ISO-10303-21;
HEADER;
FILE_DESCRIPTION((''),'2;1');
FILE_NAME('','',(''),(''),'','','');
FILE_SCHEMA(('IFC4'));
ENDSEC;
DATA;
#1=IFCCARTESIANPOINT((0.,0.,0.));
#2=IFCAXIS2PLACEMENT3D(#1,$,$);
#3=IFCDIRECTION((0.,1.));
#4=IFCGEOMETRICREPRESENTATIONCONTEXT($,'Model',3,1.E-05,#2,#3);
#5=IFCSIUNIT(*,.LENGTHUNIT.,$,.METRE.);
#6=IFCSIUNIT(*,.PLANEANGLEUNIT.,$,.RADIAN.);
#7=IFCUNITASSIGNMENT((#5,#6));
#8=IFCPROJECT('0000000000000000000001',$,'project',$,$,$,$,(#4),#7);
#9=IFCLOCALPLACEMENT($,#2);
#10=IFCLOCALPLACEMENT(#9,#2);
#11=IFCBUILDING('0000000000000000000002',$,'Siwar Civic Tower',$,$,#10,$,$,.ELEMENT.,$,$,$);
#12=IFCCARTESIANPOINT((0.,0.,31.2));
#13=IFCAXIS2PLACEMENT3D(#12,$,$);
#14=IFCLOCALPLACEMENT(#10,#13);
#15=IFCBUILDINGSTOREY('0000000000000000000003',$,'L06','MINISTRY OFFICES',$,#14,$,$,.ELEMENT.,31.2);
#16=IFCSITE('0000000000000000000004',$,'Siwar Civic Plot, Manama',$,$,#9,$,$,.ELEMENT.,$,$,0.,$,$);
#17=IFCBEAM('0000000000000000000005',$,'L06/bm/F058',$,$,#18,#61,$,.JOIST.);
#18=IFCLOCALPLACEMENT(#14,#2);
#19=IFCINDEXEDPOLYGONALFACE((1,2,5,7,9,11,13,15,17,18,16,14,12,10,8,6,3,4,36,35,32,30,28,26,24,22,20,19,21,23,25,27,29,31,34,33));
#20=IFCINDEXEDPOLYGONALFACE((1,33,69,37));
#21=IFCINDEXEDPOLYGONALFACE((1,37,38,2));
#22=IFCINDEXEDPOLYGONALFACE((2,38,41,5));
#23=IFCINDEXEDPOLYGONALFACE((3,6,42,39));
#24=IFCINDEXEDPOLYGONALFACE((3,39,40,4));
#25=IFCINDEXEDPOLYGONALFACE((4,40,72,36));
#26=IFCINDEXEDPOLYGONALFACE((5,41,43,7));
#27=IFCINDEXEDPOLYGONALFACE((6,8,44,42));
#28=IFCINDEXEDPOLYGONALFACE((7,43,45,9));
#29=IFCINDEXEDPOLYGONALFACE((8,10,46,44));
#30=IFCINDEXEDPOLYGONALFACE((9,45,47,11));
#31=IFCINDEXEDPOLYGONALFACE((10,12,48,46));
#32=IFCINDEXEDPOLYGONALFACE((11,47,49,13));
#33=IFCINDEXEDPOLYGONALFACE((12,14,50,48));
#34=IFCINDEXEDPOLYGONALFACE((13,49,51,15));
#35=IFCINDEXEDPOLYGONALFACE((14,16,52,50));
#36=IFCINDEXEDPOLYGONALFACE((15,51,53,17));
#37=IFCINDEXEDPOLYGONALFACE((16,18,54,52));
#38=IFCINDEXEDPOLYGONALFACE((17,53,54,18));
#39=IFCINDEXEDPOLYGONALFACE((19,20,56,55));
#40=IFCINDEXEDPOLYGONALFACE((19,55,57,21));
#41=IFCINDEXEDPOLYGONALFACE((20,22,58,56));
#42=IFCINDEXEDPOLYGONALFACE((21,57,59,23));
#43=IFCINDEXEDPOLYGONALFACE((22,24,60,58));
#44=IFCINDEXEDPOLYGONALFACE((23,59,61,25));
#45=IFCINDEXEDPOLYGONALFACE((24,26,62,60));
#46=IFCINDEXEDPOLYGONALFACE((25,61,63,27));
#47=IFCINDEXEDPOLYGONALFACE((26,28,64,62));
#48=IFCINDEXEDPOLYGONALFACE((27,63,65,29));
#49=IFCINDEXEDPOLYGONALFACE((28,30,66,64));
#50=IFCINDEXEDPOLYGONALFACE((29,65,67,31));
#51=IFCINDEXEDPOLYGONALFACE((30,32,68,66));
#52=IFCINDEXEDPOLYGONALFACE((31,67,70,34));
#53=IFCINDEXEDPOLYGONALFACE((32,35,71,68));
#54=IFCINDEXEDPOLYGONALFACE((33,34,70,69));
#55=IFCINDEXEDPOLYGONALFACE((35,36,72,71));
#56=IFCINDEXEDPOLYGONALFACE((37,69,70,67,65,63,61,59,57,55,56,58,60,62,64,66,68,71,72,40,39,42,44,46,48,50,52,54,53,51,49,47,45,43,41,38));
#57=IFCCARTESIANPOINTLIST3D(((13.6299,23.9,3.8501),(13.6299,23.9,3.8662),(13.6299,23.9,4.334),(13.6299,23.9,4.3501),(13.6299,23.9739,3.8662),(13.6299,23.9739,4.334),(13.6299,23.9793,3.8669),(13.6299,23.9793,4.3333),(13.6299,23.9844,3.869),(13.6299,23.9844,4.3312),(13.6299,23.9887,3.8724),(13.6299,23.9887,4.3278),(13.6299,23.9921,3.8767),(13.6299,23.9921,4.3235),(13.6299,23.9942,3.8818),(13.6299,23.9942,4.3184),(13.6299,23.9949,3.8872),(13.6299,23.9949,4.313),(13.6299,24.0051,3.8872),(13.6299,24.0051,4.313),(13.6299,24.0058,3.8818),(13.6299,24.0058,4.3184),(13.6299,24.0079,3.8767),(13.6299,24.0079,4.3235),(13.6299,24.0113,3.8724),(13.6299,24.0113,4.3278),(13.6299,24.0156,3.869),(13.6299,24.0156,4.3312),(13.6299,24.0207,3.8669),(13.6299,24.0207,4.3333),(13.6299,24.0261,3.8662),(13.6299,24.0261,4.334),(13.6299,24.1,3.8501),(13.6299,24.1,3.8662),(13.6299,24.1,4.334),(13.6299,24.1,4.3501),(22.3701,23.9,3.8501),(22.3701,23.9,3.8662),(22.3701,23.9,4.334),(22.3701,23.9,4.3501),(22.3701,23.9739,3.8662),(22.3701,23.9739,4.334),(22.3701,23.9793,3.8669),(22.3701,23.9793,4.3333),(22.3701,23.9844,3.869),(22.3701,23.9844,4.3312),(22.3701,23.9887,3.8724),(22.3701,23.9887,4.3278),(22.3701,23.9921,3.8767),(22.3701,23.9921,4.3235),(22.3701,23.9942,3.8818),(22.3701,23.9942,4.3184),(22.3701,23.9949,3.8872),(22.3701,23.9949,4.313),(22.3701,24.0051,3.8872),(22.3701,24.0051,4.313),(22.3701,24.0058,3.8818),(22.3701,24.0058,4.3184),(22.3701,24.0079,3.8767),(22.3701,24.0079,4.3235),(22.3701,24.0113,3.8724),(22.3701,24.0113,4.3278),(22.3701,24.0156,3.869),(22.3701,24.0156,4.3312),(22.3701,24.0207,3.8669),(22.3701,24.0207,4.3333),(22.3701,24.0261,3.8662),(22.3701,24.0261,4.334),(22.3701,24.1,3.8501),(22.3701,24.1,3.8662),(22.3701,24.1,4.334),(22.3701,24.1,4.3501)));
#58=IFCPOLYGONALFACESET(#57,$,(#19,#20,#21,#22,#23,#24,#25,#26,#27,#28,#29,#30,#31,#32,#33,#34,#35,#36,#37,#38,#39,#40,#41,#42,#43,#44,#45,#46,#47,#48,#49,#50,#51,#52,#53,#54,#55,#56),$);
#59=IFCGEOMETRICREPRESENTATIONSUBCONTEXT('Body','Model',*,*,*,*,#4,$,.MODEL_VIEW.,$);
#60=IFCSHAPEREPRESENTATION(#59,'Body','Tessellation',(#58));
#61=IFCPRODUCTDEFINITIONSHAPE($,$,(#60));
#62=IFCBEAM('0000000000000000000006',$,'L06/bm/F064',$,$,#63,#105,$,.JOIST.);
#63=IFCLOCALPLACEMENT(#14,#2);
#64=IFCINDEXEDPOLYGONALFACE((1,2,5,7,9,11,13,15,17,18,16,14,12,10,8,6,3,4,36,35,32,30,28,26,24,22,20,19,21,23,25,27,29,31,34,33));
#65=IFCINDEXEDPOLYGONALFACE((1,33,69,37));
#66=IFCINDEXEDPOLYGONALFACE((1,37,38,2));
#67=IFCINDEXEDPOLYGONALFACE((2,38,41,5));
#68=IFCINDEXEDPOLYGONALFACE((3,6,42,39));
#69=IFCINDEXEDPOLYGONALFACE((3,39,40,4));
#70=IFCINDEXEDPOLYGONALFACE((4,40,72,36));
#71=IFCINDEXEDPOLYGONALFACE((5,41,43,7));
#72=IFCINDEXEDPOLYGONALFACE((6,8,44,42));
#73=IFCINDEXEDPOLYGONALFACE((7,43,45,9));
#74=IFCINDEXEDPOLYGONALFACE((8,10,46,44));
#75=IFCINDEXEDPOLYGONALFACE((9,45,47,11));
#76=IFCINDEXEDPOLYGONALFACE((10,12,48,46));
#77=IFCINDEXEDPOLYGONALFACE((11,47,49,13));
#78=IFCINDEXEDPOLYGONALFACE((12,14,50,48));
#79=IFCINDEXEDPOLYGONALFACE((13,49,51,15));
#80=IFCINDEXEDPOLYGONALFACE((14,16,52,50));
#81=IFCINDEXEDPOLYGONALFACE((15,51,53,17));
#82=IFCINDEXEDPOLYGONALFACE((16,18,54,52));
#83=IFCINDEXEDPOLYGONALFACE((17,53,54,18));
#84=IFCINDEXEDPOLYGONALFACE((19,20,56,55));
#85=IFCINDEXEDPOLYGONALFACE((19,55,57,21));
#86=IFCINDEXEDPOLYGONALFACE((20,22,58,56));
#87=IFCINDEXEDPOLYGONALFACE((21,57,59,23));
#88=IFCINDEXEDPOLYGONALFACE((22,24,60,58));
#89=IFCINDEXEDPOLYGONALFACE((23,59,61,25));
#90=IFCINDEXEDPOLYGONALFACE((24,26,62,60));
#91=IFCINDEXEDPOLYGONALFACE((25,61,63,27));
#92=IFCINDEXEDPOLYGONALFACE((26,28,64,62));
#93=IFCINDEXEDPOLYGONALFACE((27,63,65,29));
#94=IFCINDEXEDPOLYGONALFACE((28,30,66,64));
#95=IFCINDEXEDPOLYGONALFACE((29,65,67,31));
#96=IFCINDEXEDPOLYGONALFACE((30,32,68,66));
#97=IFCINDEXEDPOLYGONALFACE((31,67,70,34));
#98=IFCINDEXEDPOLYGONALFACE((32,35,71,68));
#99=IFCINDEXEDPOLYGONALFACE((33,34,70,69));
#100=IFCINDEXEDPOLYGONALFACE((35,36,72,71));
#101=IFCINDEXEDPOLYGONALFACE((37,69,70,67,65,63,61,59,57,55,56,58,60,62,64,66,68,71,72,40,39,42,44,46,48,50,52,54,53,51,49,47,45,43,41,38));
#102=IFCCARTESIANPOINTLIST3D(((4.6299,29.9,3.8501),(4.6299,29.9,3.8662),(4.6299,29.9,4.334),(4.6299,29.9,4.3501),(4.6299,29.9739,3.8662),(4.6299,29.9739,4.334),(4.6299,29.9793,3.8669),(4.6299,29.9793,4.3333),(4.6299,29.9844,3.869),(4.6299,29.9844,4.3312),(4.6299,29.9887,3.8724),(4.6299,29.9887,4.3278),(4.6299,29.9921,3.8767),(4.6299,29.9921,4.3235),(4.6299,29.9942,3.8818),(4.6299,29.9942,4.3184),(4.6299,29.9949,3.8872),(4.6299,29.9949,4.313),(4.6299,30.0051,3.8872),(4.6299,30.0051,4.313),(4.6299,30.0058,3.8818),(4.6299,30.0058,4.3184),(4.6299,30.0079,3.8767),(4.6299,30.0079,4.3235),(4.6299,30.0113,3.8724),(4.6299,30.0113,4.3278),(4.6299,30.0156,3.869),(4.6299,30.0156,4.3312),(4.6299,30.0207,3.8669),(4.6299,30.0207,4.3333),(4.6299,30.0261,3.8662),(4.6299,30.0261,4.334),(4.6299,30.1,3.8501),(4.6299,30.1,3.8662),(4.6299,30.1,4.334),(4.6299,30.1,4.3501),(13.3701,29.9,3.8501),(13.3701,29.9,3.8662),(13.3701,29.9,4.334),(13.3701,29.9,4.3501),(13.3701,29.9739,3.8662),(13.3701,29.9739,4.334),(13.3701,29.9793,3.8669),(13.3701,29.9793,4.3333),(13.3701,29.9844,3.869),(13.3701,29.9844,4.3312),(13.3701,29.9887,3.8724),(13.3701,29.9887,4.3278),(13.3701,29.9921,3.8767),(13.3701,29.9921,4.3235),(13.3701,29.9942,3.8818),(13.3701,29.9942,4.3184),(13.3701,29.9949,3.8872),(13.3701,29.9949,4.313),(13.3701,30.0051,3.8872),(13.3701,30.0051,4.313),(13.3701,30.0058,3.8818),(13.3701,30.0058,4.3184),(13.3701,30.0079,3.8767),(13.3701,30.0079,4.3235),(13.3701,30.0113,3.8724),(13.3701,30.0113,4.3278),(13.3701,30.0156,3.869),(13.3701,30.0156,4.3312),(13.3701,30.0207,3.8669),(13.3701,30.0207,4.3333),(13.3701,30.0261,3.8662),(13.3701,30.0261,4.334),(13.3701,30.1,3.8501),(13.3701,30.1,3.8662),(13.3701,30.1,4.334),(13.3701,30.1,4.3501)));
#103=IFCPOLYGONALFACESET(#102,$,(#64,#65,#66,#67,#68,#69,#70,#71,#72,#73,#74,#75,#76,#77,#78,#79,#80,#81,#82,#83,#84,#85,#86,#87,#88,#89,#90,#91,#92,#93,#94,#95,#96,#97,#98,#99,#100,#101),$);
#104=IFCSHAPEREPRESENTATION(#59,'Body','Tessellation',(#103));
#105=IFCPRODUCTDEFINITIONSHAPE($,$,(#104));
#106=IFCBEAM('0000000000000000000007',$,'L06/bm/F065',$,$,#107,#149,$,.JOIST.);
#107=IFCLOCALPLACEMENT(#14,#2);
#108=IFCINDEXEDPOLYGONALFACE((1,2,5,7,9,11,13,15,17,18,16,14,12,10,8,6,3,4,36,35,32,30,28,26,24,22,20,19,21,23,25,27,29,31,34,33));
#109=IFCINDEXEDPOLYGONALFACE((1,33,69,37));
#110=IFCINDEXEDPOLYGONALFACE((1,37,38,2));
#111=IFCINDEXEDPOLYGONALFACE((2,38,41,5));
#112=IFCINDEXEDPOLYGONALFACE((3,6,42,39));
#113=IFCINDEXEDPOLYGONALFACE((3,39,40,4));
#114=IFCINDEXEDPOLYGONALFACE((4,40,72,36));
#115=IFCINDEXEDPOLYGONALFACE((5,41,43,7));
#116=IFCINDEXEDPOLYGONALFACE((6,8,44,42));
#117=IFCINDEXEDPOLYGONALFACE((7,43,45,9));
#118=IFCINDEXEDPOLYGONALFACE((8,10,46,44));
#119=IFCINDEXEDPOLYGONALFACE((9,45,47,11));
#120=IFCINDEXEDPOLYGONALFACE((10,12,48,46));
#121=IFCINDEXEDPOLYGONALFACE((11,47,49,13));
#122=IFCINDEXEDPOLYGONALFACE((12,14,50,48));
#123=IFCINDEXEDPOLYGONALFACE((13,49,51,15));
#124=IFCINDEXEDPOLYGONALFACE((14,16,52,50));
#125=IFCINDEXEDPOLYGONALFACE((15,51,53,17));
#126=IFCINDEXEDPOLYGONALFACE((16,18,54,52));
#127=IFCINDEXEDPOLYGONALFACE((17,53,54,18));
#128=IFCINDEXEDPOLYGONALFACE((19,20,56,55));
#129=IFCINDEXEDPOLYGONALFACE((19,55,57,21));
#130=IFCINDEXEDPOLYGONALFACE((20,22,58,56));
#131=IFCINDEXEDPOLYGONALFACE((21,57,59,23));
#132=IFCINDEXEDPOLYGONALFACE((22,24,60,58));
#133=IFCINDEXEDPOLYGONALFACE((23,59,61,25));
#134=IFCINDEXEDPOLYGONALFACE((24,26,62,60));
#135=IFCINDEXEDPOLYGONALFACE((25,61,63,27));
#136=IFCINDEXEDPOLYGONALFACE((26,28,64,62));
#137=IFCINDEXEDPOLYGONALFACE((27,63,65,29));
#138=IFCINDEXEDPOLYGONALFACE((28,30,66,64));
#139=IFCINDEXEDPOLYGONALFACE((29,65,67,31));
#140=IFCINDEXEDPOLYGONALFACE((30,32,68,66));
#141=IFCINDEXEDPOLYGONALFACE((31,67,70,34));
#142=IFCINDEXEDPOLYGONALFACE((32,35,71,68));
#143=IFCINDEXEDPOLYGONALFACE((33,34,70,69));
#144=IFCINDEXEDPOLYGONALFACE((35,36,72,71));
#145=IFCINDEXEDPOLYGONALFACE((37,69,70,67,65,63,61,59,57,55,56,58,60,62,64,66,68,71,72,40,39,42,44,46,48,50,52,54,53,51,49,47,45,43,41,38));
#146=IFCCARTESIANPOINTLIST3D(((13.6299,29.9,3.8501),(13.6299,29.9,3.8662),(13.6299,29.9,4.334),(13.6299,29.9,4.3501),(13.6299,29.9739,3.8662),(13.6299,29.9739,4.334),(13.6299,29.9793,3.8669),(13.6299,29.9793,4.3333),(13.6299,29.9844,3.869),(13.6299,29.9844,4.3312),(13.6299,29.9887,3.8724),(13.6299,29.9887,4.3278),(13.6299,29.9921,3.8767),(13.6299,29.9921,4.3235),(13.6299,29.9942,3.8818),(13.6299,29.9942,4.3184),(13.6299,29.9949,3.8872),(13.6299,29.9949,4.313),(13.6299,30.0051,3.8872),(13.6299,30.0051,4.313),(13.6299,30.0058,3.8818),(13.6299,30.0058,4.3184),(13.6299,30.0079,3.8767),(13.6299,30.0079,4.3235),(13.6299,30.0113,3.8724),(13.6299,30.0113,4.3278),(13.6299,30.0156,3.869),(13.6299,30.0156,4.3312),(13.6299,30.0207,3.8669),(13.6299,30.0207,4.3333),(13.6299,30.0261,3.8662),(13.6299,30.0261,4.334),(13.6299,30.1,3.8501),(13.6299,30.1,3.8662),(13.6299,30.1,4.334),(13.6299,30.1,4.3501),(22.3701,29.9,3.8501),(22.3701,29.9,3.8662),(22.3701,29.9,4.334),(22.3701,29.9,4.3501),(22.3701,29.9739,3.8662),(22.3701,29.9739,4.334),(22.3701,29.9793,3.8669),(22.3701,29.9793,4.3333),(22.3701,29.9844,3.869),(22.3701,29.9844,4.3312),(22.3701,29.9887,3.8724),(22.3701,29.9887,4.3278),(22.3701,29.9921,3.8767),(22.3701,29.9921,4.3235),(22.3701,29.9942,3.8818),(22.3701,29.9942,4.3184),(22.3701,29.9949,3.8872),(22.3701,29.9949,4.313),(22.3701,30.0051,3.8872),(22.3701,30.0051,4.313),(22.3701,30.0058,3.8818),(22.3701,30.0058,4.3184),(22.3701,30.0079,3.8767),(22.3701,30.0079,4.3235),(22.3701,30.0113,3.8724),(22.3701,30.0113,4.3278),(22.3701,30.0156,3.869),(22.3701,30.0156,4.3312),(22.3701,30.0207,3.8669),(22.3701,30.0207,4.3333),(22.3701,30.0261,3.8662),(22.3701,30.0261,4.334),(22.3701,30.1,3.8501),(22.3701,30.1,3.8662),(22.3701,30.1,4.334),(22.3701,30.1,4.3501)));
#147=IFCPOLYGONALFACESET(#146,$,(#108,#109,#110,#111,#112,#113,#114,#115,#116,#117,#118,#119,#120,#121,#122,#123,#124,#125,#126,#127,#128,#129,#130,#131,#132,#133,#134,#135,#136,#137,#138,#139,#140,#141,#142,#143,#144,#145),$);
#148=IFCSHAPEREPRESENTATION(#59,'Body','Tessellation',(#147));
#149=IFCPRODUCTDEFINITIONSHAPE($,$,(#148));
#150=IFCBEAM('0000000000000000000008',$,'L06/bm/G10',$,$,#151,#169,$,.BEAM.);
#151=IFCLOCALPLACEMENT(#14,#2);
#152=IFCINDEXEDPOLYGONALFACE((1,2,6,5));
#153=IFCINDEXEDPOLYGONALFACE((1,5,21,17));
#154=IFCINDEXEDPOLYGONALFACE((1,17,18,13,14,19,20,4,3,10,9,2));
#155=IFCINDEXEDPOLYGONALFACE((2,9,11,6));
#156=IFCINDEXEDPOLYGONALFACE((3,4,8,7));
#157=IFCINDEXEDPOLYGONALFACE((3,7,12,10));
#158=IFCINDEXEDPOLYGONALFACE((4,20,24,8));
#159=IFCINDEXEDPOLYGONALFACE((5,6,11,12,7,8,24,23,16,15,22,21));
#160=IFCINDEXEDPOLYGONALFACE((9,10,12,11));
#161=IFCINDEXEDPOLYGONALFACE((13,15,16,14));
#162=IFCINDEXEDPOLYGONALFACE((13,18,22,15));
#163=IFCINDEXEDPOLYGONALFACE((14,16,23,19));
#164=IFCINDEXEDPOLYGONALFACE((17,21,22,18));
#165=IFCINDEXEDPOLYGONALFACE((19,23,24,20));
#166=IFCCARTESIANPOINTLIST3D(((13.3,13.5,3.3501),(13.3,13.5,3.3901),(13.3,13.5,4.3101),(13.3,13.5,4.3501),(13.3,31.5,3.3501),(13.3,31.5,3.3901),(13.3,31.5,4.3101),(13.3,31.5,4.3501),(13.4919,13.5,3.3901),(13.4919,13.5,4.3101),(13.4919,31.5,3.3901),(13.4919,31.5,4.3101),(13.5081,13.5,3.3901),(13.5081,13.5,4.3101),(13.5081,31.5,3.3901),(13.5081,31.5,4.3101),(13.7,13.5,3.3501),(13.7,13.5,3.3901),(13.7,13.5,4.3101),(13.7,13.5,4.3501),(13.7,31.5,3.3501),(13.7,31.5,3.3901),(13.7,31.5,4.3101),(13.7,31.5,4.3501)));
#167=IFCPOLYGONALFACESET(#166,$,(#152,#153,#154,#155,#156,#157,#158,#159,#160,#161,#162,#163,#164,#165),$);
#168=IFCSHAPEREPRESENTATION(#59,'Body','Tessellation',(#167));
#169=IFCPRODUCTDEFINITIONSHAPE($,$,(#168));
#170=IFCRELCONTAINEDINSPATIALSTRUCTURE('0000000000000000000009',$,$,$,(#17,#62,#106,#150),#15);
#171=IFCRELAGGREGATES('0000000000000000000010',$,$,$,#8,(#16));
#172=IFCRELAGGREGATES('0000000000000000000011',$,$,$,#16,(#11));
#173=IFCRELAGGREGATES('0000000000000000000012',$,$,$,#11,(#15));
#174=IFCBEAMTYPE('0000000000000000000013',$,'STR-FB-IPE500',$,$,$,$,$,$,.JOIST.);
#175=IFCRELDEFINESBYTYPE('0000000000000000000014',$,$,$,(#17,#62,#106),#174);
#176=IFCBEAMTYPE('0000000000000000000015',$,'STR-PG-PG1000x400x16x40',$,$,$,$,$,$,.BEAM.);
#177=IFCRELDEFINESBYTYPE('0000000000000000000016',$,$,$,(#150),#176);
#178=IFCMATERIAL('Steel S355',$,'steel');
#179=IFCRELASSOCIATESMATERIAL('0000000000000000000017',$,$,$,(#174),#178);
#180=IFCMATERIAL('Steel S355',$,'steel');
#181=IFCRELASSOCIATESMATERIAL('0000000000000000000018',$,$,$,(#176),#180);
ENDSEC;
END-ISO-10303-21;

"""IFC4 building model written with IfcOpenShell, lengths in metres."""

from ifc_helpers import new_model, si_unit, direction, frame, origin, origin_2d, place, context, subcontext, project, spatial, i_section, extrude, material, material_profile, profile_set, type_object, element, save


model = new_model("IFC4")

# Units and contexts
model_context = context("Model", 3, precision=1e-05, world=origin(), true_north=direction((0.0, 1.0)))
body_context = subcontext(model_context, "Body", "Model", "MODEL_VIEW")
ifc_project = project(units=[si_unit("LENGTHUNIT", "METRE"), si_unit("PLANEANGLEUNIT", "RADIAN")], contexts=[model_context])

# Site, building, storey
site_placement = place(None, origin())
site = spatial("IfcSite", under=ifc_project, at=site_placement, Name="Siwar Civic Plot, Manama", CompositionType="ELEMENT", RefElevation=0.0)
building_placement = place(site_placement, origin())
building = spatial("IfcBuilding", under=site, at=building_placement, Name="Siwar Civic Tower", CompositionType="ELEMENT")
storey_placement = place(building_placement, frame((0.0, 0.0, 31.2)))
storey = spatial("IfcBuildingStorey", under=building, at=storey_placement, Name="L06", Description="MINISTRY OFFICES", CompositionType="ELEMENT", Elevation=31.2)

# Beams
ifc_material_1 = material(Name="Steel S355", Category="steel")
ifc_material_profile_1 = material_profile(ifc_material_1, i_section(OverallWidth=0.2, OverallDepth=0.5, WebThickness=0.0103, FlangeThickness=0.0161, FilletRadius=0.021, at=origin_2d()), Name="IPE500")
ifc_profile_set_1 = profile_set([ifc_material_profile_1], Name="Steel S355")
beam_type_1 = type_object("IfcBeamType", Name="STR-FB-IPE500", PredefinedType="JOIST", material=ifc_profile_set_1)
for number, where, z_axis, x_axis, name in (
    (1, (13.6299, 24.0, 4.1001), (1.0, 0.0, 0.0), (0.0, 1.0, 0.0), "L06/bm/F058"),
    (2, (4.6299, 30.0, 4.1001), (1.0, 0.0, 0.0), (0.0, 1.0, 0.0), "L06/bm/F064"),
    (3, (13.6299, 30.0, 4.1001), (1.0, 0.0, 0.0), (0.0, 1.0, 0.0), "L06/bm/F065"),
):
    element("IfcBeam", number, at=place(storey_placement, frame(where, z_axis=z_axis, x_axis=x_axis)), inside=storey, type_object=beam_type_1, Name=name, PredefinedType="JOIST", context=body_context, shape_type="SweptSolid", body=[
        extrude(i_section(OverallWidth=0.2, OverallDepth=0.5, WebThickness=0.0103, FlangeThickness=0.0161, FilletRadius=0.021, at=origin_2d()), origin(), (0.0, 0.0, 1.0), 8.7402),
    ])
ifc_material_2 = material(Name="Steel S355", Category="steel")
ifc_material_profile_2 = material_profile(ifc_material_2, i_section(OverallWidth=0.3999, OverallDepth=1.0, WebThickness=0.0161, FlangeThickness=0.04, at=origin_2d()), Name="PG1000x400x16x40")
ifc_profile_set_2 = profile_set([ifc_material_profile_2], Name="Steel S355")
beam_type_2 = type_object("IfcBeamType", Name="STR-PG-PG1000x400x16x40", PredefinedType="BEAM", material=ifc_profile_set_2)
beam_1_placement = place(storey_placement, frame((13.5, 13.5, 3.8501), z_axis=(0.0, 1.0, 0.0), x_axis=(-1.0, 0.0, 0.0)))
element("IfcBeam", 4, at=beam_1_placement, inside=storey, type_object=beam_type_2, Name="L06/bm/G10", PredefinedType="BEAM", context=body_context, shape_type="SweptSolid", body=[
    extrude(i_section(OverallWidth=0.3999, OverallDepth=1.0, WebThickness=0.0161, FlangeThickness=0.04, at=origin_2d()), origin(), (0.0, 0.0, 1.0), 18.0),
])

save(model, "model.ifc")
